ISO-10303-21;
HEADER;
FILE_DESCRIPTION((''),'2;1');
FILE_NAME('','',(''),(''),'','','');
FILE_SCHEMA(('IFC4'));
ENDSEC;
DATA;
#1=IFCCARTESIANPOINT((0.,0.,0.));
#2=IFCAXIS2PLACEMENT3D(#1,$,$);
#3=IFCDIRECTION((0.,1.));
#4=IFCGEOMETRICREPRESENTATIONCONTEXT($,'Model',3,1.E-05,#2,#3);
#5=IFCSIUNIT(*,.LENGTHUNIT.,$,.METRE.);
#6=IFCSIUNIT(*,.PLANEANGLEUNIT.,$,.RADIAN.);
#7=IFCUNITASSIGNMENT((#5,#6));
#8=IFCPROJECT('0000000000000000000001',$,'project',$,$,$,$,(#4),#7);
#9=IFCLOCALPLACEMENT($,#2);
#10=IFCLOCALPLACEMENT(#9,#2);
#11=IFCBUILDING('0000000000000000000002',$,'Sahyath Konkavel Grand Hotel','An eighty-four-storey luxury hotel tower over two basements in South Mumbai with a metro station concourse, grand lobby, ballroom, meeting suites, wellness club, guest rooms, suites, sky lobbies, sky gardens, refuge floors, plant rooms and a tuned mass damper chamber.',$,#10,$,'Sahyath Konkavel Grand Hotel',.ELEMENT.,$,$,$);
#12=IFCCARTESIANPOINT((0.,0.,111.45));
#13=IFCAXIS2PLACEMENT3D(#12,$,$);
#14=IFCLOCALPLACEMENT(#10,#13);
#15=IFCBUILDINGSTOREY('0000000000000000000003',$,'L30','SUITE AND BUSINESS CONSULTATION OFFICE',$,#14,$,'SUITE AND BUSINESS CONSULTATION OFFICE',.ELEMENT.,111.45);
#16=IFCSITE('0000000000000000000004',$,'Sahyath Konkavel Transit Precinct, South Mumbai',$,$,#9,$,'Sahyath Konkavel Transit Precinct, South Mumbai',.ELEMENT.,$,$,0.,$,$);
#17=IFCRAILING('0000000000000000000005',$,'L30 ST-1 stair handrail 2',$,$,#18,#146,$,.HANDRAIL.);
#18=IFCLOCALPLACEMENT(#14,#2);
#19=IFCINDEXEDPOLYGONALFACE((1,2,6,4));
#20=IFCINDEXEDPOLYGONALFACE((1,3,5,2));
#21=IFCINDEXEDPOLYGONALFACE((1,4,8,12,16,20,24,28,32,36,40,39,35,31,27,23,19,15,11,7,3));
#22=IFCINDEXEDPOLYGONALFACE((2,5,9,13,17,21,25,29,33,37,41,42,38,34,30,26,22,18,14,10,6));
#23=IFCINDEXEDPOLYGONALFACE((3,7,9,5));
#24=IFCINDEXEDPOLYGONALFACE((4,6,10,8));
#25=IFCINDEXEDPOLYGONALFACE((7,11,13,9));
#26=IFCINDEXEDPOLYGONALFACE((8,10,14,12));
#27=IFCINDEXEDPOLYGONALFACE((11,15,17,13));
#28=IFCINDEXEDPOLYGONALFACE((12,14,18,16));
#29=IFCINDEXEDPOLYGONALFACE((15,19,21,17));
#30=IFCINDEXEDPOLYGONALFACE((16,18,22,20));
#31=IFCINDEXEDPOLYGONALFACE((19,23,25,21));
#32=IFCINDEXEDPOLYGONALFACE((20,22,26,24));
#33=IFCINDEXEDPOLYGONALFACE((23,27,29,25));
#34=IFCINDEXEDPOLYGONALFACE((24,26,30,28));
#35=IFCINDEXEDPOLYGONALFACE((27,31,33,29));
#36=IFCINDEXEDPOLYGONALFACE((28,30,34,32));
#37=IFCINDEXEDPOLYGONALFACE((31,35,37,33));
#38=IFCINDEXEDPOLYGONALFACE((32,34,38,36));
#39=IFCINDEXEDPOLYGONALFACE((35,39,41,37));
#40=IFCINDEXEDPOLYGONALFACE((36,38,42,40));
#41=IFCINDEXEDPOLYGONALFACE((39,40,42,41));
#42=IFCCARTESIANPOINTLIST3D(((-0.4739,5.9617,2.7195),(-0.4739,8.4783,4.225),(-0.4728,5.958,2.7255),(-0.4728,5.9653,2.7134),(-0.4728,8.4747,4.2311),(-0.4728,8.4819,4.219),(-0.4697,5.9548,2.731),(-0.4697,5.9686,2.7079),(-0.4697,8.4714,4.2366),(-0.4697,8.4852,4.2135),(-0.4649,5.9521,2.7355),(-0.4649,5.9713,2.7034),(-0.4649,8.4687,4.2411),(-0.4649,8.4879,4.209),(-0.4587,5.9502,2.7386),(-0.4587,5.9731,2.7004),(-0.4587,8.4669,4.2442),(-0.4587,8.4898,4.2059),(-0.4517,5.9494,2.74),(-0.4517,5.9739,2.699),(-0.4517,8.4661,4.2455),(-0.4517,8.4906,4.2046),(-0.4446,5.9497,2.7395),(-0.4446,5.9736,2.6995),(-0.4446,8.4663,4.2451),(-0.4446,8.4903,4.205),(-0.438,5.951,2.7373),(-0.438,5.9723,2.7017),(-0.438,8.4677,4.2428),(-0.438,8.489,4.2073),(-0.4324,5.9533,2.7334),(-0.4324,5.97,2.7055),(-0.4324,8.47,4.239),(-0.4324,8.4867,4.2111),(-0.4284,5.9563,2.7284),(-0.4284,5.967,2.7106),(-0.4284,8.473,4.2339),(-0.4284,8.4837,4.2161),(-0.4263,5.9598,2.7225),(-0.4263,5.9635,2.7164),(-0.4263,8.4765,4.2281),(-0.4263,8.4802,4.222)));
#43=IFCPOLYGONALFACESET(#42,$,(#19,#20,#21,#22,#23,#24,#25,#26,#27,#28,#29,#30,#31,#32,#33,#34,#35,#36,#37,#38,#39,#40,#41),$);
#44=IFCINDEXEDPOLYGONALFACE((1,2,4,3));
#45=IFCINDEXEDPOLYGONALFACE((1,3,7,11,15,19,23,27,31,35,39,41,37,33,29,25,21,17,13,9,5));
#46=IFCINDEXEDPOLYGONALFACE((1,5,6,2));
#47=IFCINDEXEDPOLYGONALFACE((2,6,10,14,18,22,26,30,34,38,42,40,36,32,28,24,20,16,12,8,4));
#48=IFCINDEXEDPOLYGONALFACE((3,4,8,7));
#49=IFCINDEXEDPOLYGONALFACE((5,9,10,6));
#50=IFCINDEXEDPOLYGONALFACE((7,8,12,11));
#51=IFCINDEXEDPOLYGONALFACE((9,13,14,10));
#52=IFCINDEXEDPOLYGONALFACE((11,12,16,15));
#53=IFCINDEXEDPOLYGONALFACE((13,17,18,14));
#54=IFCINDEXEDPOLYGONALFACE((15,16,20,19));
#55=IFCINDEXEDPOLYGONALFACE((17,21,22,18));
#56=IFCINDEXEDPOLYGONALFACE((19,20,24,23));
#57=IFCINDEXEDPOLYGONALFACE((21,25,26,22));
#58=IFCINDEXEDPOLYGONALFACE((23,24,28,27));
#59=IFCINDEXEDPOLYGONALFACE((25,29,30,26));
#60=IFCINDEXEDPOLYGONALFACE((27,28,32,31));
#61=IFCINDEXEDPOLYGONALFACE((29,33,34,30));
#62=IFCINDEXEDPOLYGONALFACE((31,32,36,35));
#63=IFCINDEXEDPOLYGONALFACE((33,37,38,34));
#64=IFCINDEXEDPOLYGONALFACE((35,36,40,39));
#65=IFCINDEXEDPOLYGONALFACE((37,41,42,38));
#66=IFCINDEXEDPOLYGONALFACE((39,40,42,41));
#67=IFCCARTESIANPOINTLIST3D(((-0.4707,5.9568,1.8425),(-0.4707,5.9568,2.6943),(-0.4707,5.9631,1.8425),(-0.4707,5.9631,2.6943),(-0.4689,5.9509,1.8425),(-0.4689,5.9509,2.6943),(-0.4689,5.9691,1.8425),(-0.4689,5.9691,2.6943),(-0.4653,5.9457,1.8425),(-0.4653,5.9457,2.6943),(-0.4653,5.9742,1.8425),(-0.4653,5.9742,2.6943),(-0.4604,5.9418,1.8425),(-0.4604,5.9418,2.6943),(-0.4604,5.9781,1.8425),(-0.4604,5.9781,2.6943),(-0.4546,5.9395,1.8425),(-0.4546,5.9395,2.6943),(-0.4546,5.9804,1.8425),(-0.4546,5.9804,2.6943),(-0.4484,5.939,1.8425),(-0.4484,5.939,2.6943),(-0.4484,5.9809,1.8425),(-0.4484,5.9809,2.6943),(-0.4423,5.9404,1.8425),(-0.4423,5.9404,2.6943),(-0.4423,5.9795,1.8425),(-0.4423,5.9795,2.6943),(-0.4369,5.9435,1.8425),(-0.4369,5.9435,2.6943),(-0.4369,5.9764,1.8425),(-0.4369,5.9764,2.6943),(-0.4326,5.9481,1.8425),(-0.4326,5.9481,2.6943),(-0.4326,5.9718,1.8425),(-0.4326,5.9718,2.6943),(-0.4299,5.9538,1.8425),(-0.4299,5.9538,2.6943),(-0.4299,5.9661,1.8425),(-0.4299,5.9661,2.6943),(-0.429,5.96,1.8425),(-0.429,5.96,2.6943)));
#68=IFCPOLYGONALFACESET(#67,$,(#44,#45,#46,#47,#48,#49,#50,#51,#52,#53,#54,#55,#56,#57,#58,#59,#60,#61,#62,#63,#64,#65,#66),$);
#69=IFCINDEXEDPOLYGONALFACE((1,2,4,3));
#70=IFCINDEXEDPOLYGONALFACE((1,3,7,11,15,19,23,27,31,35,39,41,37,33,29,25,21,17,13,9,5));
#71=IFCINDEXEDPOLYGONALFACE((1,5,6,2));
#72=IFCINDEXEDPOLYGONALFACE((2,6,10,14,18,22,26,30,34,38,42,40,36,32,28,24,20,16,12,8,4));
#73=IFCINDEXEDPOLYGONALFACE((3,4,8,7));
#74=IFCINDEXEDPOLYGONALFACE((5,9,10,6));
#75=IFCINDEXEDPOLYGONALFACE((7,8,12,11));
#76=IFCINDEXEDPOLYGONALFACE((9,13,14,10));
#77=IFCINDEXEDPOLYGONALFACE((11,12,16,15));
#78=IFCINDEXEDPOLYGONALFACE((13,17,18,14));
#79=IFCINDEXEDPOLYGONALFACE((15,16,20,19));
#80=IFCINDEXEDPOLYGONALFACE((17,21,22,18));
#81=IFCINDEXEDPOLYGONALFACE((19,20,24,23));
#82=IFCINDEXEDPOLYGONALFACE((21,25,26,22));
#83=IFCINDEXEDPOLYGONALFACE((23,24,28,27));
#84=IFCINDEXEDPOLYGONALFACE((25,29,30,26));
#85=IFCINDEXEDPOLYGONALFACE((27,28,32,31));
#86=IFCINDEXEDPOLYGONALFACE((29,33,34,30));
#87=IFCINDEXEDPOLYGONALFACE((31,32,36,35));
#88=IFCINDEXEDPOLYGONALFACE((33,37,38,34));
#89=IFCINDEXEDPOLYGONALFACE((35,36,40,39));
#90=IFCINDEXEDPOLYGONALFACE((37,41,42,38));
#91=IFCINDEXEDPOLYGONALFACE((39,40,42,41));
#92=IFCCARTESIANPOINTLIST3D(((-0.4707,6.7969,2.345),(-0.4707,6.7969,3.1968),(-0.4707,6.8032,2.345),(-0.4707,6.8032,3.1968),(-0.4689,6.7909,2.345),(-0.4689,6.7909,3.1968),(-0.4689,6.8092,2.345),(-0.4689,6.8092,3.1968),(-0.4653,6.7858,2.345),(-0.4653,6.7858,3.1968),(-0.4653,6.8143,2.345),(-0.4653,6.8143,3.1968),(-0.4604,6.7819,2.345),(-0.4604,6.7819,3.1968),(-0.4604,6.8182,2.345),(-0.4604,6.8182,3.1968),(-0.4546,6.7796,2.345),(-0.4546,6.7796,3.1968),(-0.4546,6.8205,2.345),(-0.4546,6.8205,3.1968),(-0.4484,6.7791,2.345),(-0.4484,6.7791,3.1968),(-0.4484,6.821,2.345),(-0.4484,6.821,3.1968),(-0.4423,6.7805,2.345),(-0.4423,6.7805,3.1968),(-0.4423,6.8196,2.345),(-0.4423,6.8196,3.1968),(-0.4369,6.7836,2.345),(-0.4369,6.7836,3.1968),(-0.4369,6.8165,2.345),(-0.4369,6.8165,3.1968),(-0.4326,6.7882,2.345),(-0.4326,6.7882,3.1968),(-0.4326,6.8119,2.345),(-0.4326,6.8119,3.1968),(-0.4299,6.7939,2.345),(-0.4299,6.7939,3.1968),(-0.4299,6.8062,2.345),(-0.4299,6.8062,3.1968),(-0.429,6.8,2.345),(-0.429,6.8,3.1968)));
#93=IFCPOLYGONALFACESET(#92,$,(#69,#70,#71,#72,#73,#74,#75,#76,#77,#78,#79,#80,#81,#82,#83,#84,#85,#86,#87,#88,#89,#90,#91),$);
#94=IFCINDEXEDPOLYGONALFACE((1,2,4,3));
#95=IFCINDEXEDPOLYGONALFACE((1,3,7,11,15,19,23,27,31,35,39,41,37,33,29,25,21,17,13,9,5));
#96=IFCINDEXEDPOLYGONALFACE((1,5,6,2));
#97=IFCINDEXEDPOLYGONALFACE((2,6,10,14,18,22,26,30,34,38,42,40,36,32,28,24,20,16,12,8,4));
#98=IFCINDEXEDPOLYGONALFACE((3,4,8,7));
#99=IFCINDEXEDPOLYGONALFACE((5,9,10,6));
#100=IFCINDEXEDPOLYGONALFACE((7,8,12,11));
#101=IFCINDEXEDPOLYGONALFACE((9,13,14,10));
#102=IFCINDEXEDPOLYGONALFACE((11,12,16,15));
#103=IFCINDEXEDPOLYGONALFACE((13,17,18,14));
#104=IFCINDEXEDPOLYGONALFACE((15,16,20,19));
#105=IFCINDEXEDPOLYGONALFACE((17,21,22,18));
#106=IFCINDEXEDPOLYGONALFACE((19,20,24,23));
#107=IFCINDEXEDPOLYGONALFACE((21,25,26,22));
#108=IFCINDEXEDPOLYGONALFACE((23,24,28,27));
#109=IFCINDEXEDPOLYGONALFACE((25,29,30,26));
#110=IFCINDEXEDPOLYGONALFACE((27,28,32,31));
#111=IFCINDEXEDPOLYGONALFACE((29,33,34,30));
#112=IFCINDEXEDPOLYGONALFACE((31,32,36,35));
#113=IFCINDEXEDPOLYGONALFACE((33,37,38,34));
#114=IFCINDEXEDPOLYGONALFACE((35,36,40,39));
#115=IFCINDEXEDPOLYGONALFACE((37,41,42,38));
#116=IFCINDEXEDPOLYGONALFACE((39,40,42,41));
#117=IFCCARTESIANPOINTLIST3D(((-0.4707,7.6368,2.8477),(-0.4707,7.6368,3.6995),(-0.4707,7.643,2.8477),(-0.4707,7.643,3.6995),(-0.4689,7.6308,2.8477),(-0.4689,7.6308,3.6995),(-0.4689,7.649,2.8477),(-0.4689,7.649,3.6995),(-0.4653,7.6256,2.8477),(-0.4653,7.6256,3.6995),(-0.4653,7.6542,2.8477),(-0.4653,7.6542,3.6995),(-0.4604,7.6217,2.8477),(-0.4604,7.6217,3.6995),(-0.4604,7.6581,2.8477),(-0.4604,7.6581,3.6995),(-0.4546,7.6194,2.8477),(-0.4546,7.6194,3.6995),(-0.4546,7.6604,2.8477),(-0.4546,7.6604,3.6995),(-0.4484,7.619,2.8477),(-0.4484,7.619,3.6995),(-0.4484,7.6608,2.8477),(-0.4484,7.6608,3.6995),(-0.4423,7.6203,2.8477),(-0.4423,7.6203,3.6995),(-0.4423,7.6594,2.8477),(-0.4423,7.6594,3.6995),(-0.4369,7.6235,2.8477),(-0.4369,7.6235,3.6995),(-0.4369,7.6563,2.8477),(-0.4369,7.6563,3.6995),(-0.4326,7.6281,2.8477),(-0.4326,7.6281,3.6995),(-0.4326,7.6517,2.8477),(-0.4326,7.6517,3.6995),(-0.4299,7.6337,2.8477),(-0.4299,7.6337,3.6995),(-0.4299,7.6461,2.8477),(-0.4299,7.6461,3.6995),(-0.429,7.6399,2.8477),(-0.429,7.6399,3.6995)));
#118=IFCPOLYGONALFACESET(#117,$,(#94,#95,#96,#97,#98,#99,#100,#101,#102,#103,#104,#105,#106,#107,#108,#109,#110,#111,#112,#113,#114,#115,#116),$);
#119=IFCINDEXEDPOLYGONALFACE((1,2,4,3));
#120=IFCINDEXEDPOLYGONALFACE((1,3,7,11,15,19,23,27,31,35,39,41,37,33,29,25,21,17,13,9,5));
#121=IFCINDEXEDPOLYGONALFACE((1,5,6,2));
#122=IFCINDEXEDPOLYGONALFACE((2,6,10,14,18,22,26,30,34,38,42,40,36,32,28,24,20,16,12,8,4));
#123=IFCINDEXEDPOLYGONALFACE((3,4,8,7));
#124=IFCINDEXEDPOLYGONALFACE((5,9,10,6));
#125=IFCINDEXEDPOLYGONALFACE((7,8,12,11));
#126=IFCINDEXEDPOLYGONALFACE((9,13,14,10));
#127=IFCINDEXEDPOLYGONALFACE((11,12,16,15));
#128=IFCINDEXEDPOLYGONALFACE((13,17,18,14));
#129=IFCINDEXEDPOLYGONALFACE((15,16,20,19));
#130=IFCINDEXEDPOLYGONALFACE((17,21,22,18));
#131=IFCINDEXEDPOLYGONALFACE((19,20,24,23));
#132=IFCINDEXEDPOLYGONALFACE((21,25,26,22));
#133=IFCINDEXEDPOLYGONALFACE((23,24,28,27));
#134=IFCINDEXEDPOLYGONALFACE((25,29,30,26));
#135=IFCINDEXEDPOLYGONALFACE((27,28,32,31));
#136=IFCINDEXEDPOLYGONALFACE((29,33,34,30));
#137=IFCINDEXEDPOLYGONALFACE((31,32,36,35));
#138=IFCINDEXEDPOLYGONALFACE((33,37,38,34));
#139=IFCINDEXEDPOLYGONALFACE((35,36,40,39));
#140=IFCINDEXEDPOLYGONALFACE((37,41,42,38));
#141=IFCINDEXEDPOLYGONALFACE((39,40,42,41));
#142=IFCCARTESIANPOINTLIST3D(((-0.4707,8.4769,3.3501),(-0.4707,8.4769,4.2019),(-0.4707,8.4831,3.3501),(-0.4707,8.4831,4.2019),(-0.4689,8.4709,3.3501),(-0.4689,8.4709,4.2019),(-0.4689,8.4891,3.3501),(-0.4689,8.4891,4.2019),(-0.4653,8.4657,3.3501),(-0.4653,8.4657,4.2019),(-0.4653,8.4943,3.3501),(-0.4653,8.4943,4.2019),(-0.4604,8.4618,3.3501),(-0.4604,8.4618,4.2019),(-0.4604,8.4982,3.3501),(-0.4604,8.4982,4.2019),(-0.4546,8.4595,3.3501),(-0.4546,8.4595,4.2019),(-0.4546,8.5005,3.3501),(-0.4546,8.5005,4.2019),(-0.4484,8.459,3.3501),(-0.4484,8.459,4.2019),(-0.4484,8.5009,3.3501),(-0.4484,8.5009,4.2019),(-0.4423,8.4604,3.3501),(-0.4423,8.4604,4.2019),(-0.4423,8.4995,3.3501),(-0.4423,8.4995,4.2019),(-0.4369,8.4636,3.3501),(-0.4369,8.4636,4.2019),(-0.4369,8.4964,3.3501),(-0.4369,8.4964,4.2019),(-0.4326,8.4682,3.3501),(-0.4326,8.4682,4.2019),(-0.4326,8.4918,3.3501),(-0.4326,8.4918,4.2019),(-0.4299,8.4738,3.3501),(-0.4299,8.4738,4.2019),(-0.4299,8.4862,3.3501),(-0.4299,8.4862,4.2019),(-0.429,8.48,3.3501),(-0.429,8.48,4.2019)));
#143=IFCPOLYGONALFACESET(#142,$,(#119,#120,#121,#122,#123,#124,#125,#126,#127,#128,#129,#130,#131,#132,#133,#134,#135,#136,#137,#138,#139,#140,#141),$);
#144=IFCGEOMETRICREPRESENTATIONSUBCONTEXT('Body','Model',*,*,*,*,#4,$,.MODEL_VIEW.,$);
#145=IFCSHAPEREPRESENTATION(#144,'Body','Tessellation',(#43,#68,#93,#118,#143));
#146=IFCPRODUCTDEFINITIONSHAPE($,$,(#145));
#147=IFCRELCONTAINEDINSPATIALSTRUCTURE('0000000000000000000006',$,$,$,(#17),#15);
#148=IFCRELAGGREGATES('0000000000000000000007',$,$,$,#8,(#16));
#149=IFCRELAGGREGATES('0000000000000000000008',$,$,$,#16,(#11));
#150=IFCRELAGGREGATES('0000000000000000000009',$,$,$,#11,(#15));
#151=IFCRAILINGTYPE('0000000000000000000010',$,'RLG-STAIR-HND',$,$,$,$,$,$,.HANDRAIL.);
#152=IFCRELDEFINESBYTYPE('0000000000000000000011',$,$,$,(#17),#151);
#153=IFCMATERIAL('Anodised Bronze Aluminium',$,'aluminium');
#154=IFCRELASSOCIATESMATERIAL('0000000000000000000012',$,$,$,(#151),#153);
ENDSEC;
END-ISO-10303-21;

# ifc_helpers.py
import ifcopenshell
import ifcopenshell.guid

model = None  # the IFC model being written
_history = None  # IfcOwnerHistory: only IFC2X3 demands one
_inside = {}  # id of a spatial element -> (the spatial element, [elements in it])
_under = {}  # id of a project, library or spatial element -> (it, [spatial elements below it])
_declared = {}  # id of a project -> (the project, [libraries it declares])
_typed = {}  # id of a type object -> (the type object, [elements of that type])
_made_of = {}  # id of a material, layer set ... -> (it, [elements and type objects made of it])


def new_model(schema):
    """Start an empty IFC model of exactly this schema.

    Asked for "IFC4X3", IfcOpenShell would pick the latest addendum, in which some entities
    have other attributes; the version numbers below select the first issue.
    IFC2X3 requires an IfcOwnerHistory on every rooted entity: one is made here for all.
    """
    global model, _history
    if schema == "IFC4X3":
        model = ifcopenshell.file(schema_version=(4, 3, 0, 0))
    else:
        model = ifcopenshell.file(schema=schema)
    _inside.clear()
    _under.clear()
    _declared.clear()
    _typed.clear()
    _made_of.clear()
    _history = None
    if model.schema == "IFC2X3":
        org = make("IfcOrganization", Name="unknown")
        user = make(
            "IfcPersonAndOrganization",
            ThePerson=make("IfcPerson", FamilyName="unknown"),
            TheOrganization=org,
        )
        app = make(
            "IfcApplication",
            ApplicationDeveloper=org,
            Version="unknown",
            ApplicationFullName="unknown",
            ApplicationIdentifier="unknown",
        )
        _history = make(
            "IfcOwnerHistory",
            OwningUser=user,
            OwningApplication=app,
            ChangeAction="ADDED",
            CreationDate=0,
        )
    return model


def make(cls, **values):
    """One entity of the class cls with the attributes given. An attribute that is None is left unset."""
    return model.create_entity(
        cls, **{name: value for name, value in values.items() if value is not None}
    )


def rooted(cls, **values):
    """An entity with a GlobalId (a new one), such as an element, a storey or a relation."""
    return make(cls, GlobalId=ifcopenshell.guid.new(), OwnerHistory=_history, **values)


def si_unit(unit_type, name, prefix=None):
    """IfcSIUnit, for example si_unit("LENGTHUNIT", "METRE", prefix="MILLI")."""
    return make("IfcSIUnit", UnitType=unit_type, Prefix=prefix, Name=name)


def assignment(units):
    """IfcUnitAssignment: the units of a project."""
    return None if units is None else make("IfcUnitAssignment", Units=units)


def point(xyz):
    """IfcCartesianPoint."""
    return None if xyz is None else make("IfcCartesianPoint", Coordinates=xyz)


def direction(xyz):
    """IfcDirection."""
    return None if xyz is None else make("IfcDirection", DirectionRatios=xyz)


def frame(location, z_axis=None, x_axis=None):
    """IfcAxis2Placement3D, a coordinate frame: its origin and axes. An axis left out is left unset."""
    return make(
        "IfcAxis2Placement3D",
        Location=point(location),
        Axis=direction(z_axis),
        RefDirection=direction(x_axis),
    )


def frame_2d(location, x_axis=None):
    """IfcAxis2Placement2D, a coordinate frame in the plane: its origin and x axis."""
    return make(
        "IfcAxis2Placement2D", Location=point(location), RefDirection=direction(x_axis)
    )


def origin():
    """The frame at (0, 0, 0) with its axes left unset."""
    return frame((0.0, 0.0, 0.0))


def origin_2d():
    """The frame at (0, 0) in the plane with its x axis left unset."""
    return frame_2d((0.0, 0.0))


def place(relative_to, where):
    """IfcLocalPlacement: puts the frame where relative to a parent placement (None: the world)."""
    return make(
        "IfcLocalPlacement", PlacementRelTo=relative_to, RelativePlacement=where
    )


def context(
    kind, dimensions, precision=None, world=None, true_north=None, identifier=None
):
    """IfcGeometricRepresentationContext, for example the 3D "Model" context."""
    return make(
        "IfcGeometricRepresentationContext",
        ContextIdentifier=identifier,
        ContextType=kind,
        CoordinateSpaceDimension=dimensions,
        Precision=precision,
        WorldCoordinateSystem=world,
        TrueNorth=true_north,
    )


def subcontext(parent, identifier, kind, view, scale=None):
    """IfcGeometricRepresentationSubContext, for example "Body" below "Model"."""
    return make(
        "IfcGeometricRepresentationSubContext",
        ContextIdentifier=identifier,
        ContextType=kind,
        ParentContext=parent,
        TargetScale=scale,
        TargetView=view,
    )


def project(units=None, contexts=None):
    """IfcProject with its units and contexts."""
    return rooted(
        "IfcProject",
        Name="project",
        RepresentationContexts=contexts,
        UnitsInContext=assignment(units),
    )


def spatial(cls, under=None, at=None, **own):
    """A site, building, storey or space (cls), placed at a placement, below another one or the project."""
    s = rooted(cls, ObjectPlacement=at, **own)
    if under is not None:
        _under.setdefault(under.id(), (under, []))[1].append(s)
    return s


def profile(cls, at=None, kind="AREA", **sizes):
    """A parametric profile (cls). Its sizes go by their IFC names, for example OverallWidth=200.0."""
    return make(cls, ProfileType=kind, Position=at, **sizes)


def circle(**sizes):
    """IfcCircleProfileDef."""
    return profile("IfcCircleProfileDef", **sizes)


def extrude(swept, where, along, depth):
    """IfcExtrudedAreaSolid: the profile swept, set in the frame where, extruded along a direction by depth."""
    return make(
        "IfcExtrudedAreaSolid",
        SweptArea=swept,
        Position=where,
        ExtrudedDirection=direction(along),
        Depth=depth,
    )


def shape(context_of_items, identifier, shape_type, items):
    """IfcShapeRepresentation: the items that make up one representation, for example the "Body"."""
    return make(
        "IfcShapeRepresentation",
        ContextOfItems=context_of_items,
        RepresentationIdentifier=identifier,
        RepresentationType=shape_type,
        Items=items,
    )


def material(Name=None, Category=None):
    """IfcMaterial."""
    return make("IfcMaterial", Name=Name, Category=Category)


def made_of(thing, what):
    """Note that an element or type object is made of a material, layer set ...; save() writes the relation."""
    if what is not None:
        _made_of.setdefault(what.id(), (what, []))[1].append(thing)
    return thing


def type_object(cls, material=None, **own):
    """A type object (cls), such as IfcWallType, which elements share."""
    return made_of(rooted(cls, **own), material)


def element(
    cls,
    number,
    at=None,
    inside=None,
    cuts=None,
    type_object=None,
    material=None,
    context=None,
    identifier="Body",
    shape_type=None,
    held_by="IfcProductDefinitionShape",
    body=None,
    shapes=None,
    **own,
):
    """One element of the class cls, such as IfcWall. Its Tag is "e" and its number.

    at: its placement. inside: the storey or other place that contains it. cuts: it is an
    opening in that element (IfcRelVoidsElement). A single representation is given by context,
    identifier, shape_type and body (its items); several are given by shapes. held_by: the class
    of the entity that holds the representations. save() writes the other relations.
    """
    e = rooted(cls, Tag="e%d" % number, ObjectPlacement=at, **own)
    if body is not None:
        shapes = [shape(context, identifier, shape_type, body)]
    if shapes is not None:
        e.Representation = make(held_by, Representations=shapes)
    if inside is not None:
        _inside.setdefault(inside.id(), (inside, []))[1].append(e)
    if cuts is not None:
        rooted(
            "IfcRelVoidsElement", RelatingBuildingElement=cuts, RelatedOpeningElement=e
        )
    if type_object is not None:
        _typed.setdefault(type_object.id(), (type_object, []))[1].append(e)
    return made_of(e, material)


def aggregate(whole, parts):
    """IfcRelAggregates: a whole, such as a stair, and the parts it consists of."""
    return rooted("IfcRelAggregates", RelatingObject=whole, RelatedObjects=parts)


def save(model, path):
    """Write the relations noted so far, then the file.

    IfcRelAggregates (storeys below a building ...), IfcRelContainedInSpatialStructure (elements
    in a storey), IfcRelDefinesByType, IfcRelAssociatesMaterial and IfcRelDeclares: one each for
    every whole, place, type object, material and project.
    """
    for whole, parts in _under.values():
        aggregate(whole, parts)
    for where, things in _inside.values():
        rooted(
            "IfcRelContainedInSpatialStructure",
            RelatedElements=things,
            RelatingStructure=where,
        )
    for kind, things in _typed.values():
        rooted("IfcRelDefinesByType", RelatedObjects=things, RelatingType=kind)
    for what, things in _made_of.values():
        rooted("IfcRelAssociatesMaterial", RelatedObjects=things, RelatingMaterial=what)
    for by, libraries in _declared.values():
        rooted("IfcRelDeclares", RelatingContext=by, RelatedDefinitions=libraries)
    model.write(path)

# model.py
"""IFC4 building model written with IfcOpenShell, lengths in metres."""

from ifc_helpers import new_model, si_unit, direction, frame, origin, origin_2d, place, context, subcontext, project, spatial, circle, extrude, material, type_object, element, save


model = new_model("IFC4")

# Units and contexts
model_context = context("Model", 3, precision=1e-05, world=origin(), true_north=direction((0.0, 1.0)))
body_context = subcontext(model_context, "Body", "Model", "MODEL_VIEW")
ifc_project = project(units=[si_unit("LENGTHUNIT", "METRE"), si_unit("PLANEANGLEUNIT", "RADIAN")], contexts=[model_context])

# Site, building, storey
site_placement = place(None, origin())
site = spatial("IfcSite", under=ifc_project, at=site_placement, Name="Sahyath Konkavel Transit Precinct, South Mumbai", LongName="Sahyath Konkavel Transit Precinct, South Mumbai", CompositionType="ELEMENT", RefElevation=0.0)
building_placement = place(site_placement, origin())
building = spatial("IfcBuilding", under=site, at=building_placement, Name="Sahyath Konkavel Grand Hotel", Description="An eighty-four-storey luxury hotel tower over two basements in South Mumbai with a metro station concourse, grand lobby, ballroom, meeting suites, wellness club, guest rooms, suites, sky lobbies, sky gardens, refuge floors, plant rooms and a tuned mass damper chamber.", LongName="Sahyath Konkavel Grand Hotel", CompositionType="ELEMENT")
storey_placement = place(building_placement, frame((0.0, 0.0, 111.45)))
storey = spatial("IfcBuildingStorey", under=building, at=storey_placement, Name="L30", Description="SUITE AND BUSINESS CONSULTATION OFFICE", LongName="SUITE AND BUSINESS CONSULTATION OFFICE", CompositionType="ELEMENT", Elevation=111.45)

# Railing
ifc_material_1 = material(Name="Anodised Bronze Aluminium", Category="aluminium")
railing_type_1 = type_object("IfcRailingType", Name="RLG-STAIR-HND", PredefinedType="HANDRAIL", material=ifc_material_1)
railing_1_placement = place(storey_placement, frame((-0.45, 5.96, 1.8425)))
element("IfcRailing", 1, at=railing_1_placement, inside=storey, type_object=railing_type_1, Name="L30 ST-1 stair handrail 2", PredefinedType="HANDRAIL", context=body_context, shape_type="SweptSolid", body=[
    extrude(circle(Radius=0.0239, at=origin_2d()), frame((0.0, 0.0017, 0.877), z_axis=(0.0, 0.85816, 0.513383), x_axis=(-1.0, 0.0, 0.0)), (0.0, 0.0, 1.0), 2.9326),
    extrude(circle(Radius=0.021, at=origin_2d()), origin(), (0.0, 0.0, 1.0), 0.8518),
    extrude(circle(Radius=0.021, at=origin_2d()), frame((0.0, 0.8401, 0.5024)), (0.0, 0.0, 1.0), 0.8518),
    extrude(circle(Radius=0.021, at=origin_2d()), frame((0.0, 1.6799, 1.0051)), (0.0, 0.0, 1.0), 0.8518),
    extrude(circle(Radius=0.021, at=origin_2d()), frame((0.0, 2.52, 1.5076)), (0.0, 0.0, 1.0), 0.8518),
])

save(model, "model.ifc")
